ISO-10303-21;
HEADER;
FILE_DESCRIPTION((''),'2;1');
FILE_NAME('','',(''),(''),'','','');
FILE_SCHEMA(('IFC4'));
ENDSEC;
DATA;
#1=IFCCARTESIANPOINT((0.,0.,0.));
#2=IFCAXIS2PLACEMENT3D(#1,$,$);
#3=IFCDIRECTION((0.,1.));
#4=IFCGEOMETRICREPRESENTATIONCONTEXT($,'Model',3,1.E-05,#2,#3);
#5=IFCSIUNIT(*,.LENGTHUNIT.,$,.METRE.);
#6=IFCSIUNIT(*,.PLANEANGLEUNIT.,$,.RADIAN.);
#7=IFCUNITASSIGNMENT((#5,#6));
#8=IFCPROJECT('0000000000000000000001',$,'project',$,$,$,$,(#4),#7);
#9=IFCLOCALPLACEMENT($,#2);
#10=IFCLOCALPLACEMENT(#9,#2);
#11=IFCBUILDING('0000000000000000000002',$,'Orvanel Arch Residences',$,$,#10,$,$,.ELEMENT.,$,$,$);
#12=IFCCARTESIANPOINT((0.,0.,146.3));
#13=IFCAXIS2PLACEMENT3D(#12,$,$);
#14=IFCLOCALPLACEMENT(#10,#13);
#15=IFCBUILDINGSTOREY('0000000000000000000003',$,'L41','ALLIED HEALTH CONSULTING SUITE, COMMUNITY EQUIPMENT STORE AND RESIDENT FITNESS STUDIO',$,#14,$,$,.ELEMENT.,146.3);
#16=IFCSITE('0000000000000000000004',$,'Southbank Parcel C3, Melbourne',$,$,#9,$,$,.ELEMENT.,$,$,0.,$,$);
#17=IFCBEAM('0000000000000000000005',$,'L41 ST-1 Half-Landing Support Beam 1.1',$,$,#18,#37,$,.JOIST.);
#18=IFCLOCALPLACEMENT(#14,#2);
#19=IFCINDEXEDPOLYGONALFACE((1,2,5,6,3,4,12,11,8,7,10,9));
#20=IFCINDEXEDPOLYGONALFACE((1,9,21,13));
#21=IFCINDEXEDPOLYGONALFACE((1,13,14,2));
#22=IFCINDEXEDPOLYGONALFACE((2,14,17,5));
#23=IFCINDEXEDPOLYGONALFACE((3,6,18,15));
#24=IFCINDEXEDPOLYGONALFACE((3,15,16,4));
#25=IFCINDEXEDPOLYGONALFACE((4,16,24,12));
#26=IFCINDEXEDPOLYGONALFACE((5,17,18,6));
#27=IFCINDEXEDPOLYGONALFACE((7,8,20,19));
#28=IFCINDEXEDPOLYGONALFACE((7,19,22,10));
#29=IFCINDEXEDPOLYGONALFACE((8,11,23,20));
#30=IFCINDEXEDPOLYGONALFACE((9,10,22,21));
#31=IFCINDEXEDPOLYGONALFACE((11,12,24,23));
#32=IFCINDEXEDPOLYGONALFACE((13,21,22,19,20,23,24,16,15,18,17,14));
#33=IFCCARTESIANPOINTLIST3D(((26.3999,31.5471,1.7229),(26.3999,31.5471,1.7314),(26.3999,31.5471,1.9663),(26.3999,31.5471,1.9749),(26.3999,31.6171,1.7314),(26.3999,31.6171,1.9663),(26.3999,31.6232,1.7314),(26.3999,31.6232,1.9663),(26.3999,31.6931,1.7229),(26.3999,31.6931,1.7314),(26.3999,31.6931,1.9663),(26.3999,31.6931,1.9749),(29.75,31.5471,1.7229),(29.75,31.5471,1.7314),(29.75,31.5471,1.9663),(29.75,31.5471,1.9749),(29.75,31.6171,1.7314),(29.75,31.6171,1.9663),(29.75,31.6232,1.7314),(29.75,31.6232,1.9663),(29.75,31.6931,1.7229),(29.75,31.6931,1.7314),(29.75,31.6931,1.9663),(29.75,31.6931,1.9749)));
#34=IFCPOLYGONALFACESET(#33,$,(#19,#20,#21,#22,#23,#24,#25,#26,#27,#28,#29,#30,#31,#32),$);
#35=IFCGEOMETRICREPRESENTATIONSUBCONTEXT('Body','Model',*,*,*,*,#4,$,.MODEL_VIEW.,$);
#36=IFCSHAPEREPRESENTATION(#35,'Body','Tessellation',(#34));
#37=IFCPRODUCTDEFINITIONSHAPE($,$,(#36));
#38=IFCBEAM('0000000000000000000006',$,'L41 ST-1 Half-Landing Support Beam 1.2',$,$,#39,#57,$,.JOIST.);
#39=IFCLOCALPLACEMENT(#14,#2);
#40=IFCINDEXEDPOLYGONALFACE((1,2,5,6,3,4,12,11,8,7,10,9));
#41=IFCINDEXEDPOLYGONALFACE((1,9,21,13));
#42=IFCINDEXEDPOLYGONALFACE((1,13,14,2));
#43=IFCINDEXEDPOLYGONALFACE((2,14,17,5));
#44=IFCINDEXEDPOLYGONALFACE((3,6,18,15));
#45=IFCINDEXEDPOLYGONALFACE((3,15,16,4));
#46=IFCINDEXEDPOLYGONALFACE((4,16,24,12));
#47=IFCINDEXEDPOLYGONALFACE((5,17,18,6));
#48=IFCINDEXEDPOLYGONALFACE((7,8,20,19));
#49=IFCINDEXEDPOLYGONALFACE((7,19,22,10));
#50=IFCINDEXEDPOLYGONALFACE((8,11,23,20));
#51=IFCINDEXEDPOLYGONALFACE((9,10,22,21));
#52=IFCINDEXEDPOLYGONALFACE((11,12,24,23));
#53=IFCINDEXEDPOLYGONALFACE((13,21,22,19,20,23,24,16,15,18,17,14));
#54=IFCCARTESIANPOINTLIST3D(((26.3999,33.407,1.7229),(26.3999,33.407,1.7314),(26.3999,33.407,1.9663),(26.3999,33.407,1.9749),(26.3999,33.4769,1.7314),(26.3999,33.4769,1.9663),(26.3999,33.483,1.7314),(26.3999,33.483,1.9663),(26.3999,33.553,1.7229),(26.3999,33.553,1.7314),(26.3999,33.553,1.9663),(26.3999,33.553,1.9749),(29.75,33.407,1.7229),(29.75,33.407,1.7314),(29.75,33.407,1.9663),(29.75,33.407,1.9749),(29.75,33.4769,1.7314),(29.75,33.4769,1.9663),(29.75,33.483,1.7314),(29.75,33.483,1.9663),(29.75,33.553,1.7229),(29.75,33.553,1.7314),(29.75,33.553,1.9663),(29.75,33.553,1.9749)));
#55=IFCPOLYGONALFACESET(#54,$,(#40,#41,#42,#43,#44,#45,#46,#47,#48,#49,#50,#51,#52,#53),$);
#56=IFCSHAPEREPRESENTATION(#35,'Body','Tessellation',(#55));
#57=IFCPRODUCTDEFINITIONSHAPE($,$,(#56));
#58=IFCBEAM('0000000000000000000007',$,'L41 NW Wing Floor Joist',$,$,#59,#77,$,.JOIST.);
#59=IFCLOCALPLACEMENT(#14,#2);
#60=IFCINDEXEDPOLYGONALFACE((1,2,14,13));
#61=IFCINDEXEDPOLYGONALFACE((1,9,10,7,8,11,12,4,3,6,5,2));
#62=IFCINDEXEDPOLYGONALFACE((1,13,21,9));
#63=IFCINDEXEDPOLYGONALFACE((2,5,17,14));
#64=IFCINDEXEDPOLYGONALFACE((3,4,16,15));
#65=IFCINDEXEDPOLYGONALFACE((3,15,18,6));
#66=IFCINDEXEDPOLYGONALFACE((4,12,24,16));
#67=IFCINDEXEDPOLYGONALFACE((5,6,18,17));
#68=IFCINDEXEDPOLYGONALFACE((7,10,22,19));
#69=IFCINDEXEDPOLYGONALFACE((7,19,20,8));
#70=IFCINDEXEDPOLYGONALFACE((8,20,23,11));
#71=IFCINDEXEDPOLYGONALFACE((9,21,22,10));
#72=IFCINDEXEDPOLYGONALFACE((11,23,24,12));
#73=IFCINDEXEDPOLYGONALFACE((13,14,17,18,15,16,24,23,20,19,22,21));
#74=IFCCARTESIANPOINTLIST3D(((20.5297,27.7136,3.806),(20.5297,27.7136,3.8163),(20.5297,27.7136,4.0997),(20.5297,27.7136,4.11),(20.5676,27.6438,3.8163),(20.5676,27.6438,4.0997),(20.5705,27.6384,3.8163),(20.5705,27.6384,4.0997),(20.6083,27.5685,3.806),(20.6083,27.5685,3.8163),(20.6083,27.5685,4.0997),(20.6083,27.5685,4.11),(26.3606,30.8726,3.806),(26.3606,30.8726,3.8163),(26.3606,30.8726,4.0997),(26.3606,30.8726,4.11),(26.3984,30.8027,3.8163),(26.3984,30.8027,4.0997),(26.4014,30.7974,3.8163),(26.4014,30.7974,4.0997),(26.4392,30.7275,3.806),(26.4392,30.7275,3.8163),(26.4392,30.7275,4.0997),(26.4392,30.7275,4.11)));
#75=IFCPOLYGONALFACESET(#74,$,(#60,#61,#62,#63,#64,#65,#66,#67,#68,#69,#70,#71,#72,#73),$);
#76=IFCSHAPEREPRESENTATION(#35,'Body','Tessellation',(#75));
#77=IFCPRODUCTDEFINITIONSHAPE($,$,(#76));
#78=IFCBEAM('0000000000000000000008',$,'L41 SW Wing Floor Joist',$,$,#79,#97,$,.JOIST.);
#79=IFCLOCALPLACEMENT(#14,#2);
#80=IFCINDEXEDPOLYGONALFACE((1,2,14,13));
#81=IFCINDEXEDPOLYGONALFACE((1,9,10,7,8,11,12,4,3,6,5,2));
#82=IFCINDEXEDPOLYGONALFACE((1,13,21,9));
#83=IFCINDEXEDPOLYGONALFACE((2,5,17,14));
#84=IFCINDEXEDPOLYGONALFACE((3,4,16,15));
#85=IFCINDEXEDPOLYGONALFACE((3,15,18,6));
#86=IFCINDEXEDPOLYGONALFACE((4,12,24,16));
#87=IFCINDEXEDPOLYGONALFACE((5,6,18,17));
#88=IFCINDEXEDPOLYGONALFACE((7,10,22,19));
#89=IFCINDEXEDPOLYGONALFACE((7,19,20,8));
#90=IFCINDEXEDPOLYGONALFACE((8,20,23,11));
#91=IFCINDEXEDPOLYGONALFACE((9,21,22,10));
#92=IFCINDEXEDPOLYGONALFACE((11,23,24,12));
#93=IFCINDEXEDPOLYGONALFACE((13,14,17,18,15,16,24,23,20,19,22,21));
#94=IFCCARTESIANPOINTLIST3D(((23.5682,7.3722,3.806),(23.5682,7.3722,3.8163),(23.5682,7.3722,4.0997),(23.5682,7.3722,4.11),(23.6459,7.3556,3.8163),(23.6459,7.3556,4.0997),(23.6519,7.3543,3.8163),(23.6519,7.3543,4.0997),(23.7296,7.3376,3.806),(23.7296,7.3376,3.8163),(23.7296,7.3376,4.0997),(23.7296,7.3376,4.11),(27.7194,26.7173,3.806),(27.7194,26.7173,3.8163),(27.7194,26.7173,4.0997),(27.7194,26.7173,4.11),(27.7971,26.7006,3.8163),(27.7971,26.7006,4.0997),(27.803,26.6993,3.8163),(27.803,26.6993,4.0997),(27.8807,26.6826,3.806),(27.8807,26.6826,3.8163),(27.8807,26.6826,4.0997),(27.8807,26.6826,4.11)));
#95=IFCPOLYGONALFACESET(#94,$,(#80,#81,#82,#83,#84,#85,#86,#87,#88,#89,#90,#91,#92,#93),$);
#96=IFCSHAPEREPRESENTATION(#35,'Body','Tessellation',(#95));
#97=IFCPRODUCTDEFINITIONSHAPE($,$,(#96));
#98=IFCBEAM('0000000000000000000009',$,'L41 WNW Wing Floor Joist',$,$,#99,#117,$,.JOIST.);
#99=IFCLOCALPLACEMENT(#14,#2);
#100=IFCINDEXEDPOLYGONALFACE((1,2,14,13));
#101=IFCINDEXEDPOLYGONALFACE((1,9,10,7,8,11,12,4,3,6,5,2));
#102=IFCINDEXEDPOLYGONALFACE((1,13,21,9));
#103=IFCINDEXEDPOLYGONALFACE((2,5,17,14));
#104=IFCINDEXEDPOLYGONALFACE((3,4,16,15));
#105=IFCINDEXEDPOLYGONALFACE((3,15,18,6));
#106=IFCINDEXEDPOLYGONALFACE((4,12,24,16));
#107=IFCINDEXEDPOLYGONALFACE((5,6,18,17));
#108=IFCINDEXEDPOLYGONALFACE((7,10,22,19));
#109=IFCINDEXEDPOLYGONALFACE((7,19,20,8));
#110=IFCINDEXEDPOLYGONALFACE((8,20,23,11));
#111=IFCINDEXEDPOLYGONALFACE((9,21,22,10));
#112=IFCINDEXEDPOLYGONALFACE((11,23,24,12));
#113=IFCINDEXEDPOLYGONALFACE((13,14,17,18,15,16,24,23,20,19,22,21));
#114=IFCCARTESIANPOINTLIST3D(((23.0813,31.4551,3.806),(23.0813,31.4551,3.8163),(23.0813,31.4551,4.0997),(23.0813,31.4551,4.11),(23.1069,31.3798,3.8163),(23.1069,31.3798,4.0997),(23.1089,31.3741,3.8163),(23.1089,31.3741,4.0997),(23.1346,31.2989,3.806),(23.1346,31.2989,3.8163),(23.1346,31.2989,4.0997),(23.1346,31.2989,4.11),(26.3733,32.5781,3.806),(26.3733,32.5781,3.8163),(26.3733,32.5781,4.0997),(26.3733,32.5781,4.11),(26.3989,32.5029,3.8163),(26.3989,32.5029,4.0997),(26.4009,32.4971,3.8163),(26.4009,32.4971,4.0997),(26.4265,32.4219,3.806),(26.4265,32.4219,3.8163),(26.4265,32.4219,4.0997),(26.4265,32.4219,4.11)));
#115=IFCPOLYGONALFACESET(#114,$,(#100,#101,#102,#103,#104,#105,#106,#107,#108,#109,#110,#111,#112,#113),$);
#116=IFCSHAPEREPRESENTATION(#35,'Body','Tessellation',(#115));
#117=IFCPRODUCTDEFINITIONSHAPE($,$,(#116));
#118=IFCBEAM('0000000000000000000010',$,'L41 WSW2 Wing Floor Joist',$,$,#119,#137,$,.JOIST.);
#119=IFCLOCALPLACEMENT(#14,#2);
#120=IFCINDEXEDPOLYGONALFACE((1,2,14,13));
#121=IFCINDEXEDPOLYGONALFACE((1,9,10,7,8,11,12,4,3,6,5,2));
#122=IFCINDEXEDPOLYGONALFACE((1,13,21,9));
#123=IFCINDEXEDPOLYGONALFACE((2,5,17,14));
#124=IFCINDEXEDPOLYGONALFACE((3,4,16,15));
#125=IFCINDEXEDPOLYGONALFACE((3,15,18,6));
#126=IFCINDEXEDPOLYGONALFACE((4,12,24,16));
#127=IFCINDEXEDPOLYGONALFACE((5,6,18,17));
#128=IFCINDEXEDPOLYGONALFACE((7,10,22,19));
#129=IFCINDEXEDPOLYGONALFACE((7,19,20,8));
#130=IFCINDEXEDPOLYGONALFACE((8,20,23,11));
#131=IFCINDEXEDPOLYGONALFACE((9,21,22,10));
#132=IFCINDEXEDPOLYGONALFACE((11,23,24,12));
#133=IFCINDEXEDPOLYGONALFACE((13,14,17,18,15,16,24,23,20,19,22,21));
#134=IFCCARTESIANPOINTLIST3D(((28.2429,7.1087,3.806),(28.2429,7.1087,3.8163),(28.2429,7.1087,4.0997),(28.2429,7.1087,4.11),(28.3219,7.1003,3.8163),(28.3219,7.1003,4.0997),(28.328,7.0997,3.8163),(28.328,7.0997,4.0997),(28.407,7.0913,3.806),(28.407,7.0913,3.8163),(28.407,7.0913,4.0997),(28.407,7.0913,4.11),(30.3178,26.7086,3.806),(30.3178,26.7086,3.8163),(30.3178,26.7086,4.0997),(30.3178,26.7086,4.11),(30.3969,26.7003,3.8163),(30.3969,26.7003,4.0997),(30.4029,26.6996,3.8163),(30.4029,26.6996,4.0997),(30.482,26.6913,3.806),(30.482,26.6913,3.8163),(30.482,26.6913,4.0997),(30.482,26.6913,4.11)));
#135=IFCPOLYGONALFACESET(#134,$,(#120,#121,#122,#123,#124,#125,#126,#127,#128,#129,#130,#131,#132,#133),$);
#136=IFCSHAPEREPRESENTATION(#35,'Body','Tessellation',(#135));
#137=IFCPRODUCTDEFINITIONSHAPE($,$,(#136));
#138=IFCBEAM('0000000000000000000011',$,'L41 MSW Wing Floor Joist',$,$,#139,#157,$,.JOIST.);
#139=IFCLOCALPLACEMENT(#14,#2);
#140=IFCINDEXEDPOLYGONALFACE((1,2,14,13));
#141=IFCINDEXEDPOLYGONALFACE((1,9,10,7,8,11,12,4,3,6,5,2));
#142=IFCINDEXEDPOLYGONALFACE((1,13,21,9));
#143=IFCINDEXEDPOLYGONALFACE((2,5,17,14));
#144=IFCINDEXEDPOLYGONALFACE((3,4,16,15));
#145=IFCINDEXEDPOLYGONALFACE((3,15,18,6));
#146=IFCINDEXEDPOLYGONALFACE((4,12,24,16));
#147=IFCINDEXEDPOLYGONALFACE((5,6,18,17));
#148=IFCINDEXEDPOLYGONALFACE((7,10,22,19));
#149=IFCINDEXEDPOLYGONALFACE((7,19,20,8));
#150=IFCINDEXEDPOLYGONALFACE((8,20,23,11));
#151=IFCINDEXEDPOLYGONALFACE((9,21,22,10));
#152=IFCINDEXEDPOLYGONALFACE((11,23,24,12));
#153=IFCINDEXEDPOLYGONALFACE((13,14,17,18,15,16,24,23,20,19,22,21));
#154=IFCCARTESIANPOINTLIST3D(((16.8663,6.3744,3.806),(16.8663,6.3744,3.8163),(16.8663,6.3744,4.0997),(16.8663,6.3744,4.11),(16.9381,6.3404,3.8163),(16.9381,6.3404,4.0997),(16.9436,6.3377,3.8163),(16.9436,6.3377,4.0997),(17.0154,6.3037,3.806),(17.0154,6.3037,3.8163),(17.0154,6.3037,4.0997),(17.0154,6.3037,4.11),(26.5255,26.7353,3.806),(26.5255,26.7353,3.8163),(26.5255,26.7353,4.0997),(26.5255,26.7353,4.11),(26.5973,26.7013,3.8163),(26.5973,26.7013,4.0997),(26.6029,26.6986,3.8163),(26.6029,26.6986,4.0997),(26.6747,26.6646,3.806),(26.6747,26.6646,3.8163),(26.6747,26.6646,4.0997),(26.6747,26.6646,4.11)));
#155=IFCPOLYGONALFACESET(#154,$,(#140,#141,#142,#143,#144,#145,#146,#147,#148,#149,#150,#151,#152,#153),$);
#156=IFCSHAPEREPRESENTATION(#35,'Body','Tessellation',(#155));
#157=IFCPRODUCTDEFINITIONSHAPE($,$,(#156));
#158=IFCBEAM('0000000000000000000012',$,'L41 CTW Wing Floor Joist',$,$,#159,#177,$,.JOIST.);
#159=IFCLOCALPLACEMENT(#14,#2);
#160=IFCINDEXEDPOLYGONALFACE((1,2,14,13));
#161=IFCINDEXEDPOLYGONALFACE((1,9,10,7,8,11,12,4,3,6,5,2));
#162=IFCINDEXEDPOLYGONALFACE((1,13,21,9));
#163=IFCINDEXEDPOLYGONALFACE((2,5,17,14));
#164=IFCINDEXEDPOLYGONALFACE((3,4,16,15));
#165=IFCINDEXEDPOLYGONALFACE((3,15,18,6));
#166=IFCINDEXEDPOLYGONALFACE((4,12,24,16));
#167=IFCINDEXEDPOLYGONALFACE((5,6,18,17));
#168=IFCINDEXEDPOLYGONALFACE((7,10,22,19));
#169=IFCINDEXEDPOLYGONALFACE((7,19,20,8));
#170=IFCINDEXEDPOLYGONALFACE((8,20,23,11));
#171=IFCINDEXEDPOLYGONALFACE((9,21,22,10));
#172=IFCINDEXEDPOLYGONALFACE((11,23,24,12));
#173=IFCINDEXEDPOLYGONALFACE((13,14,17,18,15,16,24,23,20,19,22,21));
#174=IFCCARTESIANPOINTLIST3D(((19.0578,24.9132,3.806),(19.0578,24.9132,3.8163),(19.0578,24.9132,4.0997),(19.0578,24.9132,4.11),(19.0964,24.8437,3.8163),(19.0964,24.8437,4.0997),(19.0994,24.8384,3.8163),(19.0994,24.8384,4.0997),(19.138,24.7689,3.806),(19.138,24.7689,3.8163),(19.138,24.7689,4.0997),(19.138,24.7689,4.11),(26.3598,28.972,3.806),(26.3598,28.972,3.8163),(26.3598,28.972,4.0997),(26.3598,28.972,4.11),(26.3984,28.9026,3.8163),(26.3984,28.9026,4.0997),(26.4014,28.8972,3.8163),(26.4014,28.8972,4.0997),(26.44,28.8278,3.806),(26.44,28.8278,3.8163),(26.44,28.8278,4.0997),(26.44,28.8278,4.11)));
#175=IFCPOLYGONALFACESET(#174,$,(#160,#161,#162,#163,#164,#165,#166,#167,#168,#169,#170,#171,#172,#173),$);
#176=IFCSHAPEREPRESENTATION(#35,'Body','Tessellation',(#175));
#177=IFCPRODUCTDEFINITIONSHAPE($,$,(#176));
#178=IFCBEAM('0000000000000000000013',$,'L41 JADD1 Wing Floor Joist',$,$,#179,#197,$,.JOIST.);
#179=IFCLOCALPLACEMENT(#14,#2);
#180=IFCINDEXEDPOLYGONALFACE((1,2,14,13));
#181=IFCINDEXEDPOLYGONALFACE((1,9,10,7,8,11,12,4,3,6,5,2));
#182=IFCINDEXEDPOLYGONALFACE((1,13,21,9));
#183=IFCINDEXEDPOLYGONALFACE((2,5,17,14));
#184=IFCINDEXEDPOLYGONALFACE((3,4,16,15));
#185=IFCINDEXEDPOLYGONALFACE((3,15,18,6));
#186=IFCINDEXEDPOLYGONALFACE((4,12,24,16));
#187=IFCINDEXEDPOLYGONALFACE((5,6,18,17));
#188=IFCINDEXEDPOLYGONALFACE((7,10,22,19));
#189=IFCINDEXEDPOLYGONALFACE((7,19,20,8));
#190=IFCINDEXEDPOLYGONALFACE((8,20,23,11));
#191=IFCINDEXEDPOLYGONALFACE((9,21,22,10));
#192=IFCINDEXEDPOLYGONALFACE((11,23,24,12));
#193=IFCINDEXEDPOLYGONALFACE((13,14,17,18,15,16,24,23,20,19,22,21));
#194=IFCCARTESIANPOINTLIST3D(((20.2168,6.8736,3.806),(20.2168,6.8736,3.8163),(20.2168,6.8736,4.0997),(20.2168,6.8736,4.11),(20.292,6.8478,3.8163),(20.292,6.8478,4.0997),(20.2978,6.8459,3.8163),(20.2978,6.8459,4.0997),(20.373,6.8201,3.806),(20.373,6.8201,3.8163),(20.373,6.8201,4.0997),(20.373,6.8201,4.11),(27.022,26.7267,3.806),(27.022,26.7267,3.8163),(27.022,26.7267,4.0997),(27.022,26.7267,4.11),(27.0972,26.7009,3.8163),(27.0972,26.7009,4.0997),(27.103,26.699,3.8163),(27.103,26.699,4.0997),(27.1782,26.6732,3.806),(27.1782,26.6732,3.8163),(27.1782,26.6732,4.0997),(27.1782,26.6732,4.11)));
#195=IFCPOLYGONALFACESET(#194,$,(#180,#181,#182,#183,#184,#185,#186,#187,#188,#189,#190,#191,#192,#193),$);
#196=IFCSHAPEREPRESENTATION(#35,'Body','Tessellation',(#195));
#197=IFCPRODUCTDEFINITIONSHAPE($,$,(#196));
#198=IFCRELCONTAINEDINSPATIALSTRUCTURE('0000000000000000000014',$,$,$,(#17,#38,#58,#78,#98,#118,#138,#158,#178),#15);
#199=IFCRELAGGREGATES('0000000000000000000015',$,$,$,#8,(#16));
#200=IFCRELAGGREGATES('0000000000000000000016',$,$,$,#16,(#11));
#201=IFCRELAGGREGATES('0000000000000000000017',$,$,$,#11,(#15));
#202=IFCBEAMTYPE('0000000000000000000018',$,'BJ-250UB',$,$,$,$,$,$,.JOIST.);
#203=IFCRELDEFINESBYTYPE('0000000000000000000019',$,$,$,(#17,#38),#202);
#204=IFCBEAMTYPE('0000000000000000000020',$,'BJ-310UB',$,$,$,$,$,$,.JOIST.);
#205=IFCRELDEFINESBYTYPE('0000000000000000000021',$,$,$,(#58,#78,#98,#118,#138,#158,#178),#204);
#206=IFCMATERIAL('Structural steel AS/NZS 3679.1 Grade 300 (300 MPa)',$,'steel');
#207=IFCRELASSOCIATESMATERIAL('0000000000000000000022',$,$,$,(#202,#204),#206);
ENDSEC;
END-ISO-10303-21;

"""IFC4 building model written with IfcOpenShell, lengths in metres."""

from ifc_helpers import new_model, si_unit, direction, frame, origin, origin_2d, place, context, subcontext, project, spatial, i_section, extrude, material, material_profile, profile_set, type_object, element, save


model = new_model("IFC4")

# Units and contexts
model_context = context("Model", 3, precision=1e-05, world=origin(), true_north=direction((0.0, 1.0)))
body_context = subcontext(model_context, "Body", "Model", "MODEL_VIEW")
ifc_project = project(units=[si_unit("LENGTHUNIT", "METRE"), si_unit("PLANEANGLEUNIT", "RADIAN")], contexts=[model_context])

# Site, building, storey
site_placement = place(None, origin())
site = spatial("IfcSite", under=ifc_project, at=site_placement, Name="Southbank Parcel C3, Melbourne", CompositionType="ELEMENT", RefElevation=0.0)
building_placement = place(site_placement, origin())
building = spatial("IfcBuilding", under=site, at=building_placement, Name="Orvanel Arch Residences", CompositionType="ELEMENT")
storey_placement = place(building_placement, frame((0.0, 0.0, 146.3)))
storey = spatial("IfcBuildingStorey", under=building, at=storey_placement, Name="L41", Description="ALLIED HEALTH CONSULTING SUITE, COMMUNITY EQUIPMENT STORE AND RESIDENT FITNESS STUDIO", CompositionType="ELEMENT", Elevation=146.3)

# Beams
ifc_material_1 = material(Name="Structural steel AS/NZS 3679.1 Grade 300 (300 MPa)", Category="steel")
ifc_material_profile_1 = material_profile(ifc_material_1, i_section(OverallWidth=0.146, OverallDepth=0.252, WebThickness=0.0061, FlangeThickness=0.0085, at=origin_2d()), Name="250UB31.4")
ifc_profile_set_1 = profile_set([ifc_material_profile_1], Name="Structural steel AS/NZS 3679.1 Grade 300 (300 MPa)")
beam_type_1 = type_object("IfcBeamType", Name="BJ-250UB", PredefinedType="JOIST", material=ifc_profile_set_1)
for number, where, z_axis, x_axis, name in (
    (1, (26.3999, 31.6201, 1.8489), (1.0, 0.0, 0.0), (0.0, 1.0, 0.0), "L41 ST-1 Half-Landing Support Beam 1.1"),
    (2, (26.3999, 33.48, 1.8489), (1.0, 0.0, 0.0), (0.0, 1.0, 0.0), "L41 ST-1 Half-Landing Support Beam 1.2"),
):
    element("IfcBeam", number, at=place(storey_placement, frame(where, z_axis=z_axis, x_axis=x_axis)), inside=storey, type_object=beam_type_1, Name=name, PredefinedType="JOIST", context=body_context, shape_type="SweptSolid", body=[
        extrude(i_section(OverallWidth=0.146, OverallDepth=0.252, WebThickness=0.0061, FlangeThickness=0.0085, at=origin_2d()), origin(), (0.0, 0.0, 1.0), 3.3501),
    ])
ifc_material_profile_2 = material_profile(ifc_material_1, i_section(OverallWidth=0.165, OverallDepth=0.304, WebThickness=0.0061, FlangeThickness=0.0103, at=origin_2d()), Name="310UB40.4")
ifc_profile_set_2 = profile_set([ifc_material_profile_2], Name="Structural steel AS/NZS 3679.1 Grade 300 (300 MPa)")
beam_type_2 = type_object("IfcBeamType", Name="BJ-310UB", PredefinedType="JOIST", material=ifc_profile_set_2)
beam_1_placement = place(storey_placement, frame((26.3999, 30.8, 3.958), z_axis=(-0.879255, -0.476351, 0.0), x_axis=(0.476351, -0.879255, 0.0)))
element("IfcBeam", 3, at=beam_1_placement, inside=storey, type_object=beam_type_2, Name="L41 NW Wing Floor Joist", PredefinedType="JOIST", context=body_context, shape_type="SweptSolid", body=[
    extrude(i_section(OverallWidth=0.165, OverallDepth=0.304, WebThickness=0.0061, FlangeThickness=0.0103, at=origin_2d()), origin(), (0.0, 0.0, 1.0), 6.6316),
])
beam_2_placement = place(storey_placement, frame((27.8, 26.7, 3.958), z_axis=(-0.209808, -0.977743, 0.0), x_axis=(0.977743, -0.209808, 0.0)))
element("IfcBeam", 4, at=beam_2_placement, inside=storey, type_object=beam_type_2, Name="L41 SW Wing Floor Joist", PredefinedType="JOIST", context=body_context, shape_type="SweptSolid", body=[
    extrude(i_section(OverallWidth=0.165, OverallDepth=0.304, WebThickness=0.0061, FlangeThickness=0.0103, at=origin_2d()), origin(), (0.0, 0.0, 1.0), 19.7854),
])
beam_3_placement = place(storey_placement, frame((26.3999, 32.5, 3.958), z_axis=(-0.946442, -0.322874, 0.0), x_axis=(0.322874, -0.946442, 0.0)))
element("IfcBeam", 5, at=beam_3_placement, inside=storey, type_object=beam_type_2, Name="L41 WNW Wing Floor Joist", PredefinedType="JOIST", context=body_context, shape_type="SweptSolid", body=[
    extrude(i_section(OverallWidth=0.165, OverallDepth=0.304, WebThickness=0.0061, FlangeThickness=0.0103, at=origin_2d()), origin(), (0.0, 0.0, 1.0), 3.4783),
])
beam_4_placement = place(storey_placement, frame((30.3999, 26.7, 3.958), z_axis=(-0.105277, -0.994443, 0.0), x_axis=(0.994443, -0.105277, 0.0)))
element("IfcBeam", 6, at=beam_4_placement, inside=storey, type_object=beam_type_2, Name="L41 WSW2 Wing Floor Joist", PredefinedType="JOIST", context=body_context, shape_type="SweptSolid", body=[
    extrude(i_section(OverallWidth=0.165, OverallDepth=0.304, WebThickness=0.0061, FlangeThickness=0.0103, at=origin_2d()), origin(), (0.0, 0.0, 1.0), 19.7095),
])
beam_5_placement = place(storey_placement, frame((26.6001, 26.7, 3.958), z_axis=(-0.428614, -0.903488, 0.0), x_axis=(0.903488, -0.428614, 0.0)))
element("IfcBeam", 7, at=beam_5_placement, inside=storey, type_object=beam_type_2, Name="L41 MSW Wing Floor Joist", PredefinedType="JOIST", context=body_context, shape_type="SweptSolid", body=[
    extrude(i_section(OverallWidth=0.165, OverallDepth=0.304, WebThickness=0.0061, FlangeThickness=0.0103, at=origin_2d()), origin(), (0.0, 0.0, 1.0), 22.5359),
])
beam_6_placement = place(storey_placement, frame((26.3999, 28.8999, 3.958), z_axis=(-0.874047, -0.485841, 0.0), x_axis=(0.485841, -0.874047, 0.0)))
element("IfcBeam", 8, at=beam_6_placement, inside=storey, type_object=beam_type_2, Name="L41 CTW Wing Floor Joist", PredefinedType="JOIST", context=body_context, shape_type="SweptSolid", body=[
    extrude(i_section(OverallWidth=0.165, OverallDepth=0.304, WebThickness=0.0061, FlangeThickness=0.0103, at=origin_2d()), origin(), (0.0, 0.0, 1.0), 8.3542),
])
beam_7_placement = place(storey_placement, frame((27.1001, 26.7, 3.958), z_axis=(-0.324257, -0.945969, 0.0), x_axis=(0.945969, -0.324257, 0.0)))
element("IfcBeam", 9, at=beam_7_placement, inside=storey, type_object=beam_type_2, Name="L41 JADD1 Wing Floor Joist", PredefinedType="JOIST", context=body_context, shape_type="SweptSolid", body=[
    extrude(i_section(OverallWidth=0.165, OverallDepth=0.304, WebThickness=0.0061, FlangeThickness=0.0103, at=origin_2d()), origin(), (0.0, 0.0, 1.0), 20.9871),
])

save(model, "model.ifc")
